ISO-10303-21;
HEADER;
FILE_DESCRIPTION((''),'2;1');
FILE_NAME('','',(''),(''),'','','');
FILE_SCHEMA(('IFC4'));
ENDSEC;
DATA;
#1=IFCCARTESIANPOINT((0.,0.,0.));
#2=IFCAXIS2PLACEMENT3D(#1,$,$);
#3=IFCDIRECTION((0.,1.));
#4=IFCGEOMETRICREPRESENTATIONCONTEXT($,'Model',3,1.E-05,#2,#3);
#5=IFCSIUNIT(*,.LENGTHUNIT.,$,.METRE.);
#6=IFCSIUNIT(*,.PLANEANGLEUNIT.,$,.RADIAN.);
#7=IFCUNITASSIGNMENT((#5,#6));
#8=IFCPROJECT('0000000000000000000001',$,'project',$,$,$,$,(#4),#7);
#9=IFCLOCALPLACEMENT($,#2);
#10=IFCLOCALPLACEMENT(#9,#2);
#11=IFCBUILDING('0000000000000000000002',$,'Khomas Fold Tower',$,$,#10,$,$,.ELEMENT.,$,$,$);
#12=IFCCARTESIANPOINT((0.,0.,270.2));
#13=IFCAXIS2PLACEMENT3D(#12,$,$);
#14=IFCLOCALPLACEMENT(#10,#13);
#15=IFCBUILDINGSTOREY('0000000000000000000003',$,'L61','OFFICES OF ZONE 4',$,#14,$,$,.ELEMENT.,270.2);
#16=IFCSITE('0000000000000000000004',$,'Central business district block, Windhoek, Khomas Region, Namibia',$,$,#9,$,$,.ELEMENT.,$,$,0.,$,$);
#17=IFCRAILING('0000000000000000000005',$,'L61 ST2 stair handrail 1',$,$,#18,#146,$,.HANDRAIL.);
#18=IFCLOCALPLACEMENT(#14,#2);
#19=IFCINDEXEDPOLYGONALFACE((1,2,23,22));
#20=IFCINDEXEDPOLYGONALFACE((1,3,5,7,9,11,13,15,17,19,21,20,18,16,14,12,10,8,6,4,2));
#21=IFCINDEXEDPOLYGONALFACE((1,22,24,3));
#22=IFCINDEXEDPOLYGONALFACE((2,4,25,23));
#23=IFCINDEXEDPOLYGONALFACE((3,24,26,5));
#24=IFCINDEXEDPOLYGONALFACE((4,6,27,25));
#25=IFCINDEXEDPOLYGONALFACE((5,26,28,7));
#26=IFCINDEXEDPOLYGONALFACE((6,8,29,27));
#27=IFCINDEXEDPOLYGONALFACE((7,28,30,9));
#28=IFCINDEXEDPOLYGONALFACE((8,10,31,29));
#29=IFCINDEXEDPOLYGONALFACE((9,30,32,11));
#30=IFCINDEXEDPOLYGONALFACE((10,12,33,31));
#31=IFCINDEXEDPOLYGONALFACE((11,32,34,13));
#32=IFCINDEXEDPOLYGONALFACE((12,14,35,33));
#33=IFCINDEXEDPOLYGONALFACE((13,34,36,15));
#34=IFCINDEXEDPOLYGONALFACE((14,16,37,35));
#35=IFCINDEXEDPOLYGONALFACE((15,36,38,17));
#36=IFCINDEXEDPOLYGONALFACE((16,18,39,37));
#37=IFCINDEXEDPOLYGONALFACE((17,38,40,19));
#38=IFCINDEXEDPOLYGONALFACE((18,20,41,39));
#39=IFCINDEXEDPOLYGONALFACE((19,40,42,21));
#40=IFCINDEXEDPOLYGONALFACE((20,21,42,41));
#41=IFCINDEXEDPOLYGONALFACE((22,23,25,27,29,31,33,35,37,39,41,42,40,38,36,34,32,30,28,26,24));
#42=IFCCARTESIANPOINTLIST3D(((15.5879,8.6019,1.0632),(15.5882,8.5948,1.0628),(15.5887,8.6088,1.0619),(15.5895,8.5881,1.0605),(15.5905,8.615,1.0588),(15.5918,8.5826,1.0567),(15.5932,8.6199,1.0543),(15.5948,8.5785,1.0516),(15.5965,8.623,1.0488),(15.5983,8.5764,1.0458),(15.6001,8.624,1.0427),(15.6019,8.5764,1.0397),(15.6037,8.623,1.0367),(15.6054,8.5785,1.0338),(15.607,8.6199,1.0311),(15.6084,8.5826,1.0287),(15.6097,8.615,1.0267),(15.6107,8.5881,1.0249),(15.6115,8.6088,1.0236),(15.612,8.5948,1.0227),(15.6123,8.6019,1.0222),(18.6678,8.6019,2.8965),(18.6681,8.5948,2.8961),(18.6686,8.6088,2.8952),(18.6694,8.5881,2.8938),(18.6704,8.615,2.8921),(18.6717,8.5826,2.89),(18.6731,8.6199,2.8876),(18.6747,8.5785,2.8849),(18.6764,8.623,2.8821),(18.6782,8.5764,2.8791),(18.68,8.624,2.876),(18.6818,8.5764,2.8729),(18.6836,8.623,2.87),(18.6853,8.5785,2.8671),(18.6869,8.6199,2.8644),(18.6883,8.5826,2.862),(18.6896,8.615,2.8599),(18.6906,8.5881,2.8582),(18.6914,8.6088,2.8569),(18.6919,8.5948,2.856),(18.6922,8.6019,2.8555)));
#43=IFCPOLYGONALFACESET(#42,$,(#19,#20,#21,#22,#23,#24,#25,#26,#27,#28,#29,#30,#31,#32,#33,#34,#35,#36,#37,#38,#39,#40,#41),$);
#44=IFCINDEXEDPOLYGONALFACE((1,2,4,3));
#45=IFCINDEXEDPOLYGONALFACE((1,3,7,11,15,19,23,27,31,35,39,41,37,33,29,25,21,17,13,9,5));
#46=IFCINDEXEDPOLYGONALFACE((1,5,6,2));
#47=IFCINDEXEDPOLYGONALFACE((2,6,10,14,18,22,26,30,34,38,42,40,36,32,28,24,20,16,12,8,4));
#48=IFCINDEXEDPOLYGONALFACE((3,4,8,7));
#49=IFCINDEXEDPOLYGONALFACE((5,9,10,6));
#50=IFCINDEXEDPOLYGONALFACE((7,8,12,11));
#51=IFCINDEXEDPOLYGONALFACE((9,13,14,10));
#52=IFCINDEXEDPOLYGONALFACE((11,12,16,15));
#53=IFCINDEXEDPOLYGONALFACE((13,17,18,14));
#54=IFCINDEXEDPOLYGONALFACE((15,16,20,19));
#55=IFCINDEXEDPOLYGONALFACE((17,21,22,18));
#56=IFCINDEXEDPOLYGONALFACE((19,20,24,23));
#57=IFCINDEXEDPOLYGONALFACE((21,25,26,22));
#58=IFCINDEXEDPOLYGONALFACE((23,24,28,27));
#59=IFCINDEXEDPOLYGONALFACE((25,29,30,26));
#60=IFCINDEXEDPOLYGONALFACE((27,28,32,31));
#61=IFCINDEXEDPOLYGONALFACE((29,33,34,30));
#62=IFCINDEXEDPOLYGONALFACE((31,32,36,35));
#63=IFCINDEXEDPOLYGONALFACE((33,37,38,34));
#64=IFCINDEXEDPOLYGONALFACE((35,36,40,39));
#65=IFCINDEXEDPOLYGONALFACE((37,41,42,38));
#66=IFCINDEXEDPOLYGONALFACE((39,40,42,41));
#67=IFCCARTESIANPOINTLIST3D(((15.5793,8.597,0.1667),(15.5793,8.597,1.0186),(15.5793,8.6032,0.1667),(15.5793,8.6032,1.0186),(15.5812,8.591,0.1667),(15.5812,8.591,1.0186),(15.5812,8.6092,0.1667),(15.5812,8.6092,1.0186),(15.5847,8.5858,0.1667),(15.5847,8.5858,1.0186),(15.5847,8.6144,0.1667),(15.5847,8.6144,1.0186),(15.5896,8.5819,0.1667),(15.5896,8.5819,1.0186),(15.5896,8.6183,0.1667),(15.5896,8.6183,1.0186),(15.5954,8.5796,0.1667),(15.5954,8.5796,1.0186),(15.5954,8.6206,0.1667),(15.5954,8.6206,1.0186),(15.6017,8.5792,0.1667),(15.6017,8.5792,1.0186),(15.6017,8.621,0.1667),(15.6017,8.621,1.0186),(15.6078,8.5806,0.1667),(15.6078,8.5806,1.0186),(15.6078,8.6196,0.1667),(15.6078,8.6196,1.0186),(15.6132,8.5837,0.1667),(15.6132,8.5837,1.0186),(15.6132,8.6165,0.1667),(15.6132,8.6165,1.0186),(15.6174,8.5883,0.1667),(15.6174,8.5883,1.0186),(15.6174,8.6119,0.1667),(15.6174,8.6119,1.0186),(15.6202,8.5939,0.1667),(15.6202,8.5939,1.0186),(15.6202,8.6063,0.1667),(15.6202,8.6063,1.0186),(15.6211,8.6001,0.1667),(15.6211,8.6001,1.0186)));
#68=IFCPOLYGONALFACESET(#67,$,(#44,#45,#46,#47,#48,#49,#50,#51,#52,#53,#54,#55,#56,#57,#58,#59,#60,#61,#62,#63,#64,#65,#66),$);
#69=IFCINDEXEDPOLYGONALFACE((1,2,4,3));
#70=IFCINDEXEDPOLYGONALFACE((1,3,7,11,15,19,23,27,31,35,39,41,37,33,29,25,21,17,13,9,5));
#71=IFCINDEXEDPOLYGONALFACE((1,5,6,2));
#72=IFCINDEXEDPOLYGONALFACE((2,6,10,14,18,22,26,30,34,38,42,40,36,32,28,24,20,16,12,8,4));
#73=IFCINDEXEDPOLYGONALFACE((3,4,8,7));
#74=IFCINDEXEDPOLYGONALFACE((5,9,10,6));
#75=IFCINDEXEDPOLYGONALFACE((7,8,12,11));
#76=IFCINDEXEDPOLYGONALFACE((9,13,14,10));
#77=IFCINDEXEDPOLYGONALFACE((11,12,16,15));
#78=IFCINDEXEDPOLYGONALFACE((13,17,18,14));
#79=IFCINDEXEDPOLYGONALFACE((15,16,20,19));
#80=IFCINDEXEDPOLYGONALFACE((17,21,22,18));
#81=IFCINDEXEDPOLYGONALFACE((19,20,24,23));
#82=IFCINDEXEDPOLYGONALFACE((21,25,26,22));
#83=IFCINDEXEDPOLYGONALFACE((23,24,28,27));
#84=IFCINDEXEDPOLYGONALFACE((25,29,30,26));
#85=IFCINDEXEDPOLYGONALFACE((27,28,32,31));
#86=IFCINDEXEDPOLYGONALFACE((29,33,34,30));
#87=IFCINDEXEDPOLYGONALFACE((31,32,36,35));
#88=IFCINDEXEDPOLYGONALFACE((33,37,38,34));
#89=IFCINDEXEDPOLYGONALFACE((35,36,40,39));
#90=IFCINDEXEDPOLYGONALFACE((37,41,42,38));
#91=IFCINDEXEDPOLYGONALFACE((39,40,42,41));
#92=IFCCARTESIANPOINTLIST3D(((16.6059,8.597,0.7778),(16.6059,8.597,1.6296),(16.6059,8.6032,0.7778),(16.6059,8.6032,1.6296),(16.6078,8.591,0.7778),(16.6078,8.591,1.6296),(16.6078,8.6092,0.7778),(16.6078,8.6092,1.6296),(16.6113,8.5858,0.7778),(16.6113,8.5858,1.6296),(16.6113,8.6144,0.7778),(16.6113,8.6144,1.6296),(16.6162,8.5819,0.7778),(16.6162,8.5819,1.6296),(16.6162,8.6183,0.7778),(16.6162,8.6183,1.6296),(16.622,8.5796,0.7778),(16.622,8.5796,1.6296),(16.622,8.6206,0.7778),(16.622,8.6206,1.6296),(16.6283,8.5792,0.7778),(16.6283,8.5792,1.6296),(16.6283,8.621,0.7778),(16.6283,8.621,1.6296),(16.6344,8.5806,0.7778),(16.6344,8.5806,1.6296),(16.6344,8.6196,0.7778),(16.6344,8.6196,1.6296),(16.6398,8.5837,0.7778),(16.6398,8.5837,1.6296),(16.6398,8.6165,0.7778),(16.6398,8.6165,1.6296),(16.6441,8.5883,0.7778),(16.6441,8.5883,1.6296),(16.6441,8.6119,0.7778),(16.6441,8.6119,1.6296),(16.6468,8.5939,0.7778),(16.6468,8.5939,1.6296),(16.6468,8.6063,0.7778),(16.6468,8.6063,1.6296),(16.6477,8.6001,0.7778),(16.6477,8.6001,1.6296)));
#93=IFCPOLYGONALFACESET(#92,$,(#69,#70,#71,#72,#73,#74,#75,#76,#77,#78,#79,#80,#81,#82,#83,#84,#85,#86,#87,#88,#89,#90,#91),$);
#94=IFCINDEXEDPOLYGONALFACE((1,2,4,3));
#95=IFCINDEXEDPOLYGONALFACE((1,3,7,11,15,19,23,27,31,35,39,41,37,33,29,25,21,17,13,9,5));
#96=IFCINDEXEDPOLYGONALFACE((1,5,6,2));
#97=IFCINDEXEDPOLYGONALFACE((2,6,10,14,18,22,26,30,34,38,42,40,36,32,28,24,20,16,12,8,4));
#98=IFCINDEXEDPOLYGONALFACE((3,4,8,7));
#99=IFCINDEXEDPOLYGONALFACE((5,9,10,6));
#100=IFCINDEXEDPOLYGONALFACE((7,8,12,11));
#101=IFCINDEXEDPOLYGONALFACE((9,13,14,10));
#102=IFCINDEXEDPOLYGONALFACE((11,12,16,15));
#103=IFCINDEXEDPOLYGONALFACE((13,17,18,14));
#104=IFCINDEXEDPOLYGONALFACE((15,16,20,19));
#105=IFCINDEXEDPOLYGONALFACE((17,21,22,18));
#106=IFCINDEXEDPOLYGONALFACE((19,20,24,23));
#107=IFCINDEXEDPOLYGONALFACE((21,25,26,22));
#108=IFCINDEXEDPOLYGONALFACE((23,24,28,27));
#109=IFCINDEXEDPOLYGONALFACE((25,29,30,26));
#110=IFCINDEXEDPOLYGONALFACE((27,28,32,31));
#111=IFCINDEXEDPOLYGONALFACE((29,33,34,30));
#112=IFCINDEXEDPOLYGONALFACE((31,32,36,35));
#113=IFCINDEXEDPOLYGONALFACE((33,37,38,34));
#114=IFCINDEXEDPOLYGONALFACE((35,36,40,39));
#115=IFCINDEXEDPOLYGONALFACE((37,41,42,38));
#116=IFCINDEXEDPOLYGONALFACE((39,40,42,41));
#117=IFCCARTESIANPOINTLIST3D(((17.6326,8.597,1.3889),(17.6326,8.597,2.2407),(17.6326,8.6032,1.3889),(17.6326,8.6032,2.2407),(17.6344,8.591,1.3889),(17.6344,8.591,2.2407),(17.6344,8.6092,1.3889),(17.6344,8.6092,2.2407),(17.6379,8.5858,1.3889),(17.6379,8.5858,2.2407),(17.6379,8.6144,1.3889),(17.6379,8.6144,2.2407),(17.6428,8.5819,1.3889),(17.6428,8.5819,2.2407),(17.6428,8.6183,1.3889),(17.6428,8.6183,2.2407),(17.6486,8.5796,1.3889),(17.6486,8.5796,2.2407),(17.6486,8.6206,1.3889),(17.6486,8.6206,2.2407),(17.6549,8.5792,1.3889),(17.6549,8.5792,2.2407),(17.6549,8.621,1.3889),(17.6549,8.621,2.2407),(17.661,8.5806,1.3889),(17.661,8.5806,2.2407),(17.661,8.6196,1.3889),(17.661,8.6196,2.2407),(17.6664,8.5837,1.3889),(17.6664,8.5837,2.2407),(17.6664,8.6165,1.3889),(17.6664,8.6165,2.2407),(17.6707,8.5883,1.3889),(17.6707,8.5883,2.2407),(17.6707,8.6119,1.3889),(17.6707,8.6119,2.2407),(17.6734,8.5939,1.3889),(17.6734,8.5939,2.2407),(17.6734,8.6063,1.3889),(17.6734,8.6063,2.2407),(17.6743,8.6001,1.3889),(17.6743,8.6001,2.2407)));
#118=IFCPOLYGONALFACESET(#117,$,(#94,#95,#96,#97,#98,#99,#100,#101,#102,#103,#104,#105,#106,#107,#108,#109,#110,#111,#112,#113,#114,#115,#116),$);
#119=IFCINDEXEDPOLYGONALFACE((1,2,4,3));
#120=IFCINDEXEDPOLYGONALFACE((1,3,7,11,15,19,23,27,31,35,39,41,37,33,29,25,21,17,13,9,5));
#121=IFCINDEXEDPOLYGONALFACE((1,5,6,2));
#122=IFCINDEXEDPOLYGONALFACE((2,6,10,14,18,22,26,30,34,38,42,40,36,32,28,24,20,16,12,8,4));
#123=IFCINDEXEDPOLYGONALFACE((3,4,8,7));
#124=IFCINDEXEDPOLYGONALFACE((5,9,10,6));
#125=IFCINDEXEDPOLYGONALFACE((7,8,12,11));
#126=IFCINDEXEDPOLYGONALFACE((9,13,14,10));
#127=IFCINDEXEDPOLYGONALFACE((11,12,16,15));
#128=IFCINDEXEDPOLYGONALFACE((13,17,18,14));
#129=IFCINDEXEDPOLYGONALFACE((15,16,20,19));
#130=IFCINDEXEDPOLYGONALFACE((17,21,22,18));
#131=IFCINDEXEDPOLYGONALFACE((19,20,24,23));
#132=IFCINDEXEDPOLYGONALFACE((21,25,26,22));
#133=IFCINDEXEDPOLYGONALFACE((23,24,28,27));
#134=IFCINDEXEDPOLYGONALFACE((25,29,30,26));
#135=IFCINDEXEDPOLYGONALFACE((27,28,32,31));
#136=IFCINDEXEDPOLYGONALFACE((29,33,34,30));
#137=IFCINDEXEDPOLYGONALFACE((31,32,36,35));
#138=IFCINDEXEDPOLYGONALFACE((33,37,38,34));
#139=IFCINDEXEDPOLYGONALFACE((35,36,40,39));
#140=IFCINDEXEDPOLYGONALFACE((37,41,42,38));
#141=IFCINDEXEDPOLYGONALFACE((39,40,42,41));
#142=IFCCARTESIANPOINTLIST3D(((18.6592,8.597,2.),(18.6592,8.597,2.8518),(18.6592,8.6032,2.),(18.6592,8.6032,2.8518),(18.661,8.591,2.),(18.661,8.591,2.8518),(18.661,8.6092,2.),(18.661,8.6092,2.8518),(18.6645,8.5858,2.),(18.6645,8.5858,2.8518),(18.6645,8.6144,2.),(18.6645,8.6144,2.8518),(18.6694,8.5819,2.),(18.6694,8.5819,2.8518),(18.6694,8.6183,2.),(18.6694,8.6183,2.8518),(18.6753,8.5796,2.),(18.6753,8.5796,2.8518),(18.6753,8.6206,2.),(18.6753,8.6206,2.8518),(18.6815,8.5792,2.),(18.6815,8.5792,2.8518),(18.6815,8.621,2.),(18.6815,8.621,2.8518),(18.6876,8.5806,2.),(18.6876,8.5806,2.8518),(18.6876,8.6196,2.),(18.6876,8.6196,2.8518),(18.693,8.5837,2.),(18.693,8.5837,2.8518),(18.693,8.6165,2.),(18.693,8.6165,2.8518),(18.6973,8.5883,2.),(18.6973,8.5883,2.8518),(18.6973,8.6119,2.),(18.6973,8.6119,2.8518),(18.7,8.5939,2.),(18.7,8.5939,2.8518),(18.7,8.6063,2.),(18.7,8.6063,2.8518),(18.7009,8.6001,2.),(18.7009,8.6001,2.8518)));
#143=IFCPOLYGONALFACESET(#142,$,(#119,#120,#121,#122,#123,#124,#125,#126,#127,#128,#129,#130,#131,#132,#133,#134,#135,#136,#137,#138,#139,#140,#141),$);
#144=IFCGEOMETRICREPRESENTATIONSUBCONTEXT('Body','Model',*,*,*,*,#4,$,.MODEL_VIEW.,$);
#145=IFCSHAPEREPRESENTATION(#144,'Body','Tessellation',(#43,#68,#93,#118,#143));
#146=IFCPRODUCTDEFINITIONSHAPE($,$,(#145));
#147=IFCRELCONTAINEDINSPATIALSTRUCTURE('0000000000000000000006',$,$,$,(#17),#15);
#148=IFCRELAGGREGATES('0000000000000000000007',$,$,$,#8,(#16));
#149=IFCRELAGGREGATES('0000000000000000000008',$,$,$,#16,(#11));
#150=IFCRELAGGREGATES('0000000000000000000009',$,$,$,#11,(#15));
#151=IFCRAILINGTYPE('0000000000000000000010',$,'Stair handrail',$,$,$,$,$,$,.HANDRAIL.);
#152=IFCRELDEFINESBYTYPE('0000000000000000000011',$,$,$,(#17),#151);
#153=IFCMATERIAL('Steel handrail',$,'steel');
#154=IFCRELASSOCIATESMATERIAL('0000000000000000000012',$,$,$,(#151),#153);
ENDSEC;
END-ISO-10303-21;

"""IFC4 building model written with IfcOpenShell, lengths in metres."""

from ifc_helpers import new_model, si_unit, direction, frame, origin, origin_2d, place, context, subcontext, project, spatial, circle, extrude, source, transform, mapped, material, type_object, element, save


model = new_model("IFC4")

# Units and contexts
model_context = context("Model", 3, precision=1e-05, world=origin(), true_north=direction((0.0, 1.0)))
body_context = subcontext(model_context, "Body", "Model", "MODEL_VIEW")
ifc_project = project(units=[si_unit("LENGTHUNIT", "METRE"), si_unit("PLANEANGLEUNIT", "RADIAN")], contexts=[model_context])

# Site, building, storey
site_placement = place(None, origin())
site = spatial("IfcSite", under=ifc_project, at=site_placement, Name="Central business district block, Windhoek, Khomas Region, Namibia", CompositionType="ELEMENT", RefElevation=0.0)
building_placement = place(site_placement, origin())
building = spatial("IfcBuilding", under=site, at=building_placement, Name="Khomas Fold Tower", CompositionType="ELEMENT")
storey_placement = place(building_placement, frame((0.0, 0.0, 270.2)))
storey = spatial("IfcBuildingStorey", under=building, at=storey_placement, Name="L61", Description="OFFICES OF ZONE 4", CompositionType="ELEMENT", Elevation=270.2)

# Railing
ifc_material_1 = material(Name="Steel handrail", Category="steel")
railing_type_1 = type_object("IfcRailingType", Name="Stair handrail", PredefinedType="HANDRAIL", material=ifc_material_1)
shared_shape_1 = source(origin(), body_context, "Body", "SweptSolid", [
    extrude(circle(Radius=0.0239, at=origin_2d()), frame((0.0, 0.0, 0.876), z_axis=(0.859291, 0.0, 0.511487), x_axis=(0.0, 1.0, 0.0)), (0.0, 0.0, 1.0), 3.5842),
    extrude(circle(Radius=0.021, at=origin_2d()), origin(), (0.0, 0.0, 1.0), 0.8518),
    extrude(circle(Radius=0.021, at=origin_2d()), frame((1.0266, 0.0, 0.6111)), (0.0, 0.0, 1.0), 0.8518),
    extrude(circle(Radius=0.021, at=origin_2d()), frame((2.0532, 0.0, 1.2222)), (0.0, 0.0, 1.0), 0.8518),
    extrude(circle(Radius=0.021, at=origin_2d()), frame((3.0798, 0.0, 1.8333)), (0.0, 0.0, 1.0), 0.8518),
])
railing_1_placement = place(storey_placement, frame((15.6001, 8.6001, 0.1667)))
element("IfcRailing", 1, at=railing_1_placement, inside=storey, type_object=railing_type_1, Name="L61 ST2 stair handrail 1", PredefinedType="HANDRAIL", context=body_context, shape_type="MappedRepresentation", body=[
    mapped(shared_shape_1, transform((0.0, 0.0, 0.0))),
])

save(model, "model.ifc")
